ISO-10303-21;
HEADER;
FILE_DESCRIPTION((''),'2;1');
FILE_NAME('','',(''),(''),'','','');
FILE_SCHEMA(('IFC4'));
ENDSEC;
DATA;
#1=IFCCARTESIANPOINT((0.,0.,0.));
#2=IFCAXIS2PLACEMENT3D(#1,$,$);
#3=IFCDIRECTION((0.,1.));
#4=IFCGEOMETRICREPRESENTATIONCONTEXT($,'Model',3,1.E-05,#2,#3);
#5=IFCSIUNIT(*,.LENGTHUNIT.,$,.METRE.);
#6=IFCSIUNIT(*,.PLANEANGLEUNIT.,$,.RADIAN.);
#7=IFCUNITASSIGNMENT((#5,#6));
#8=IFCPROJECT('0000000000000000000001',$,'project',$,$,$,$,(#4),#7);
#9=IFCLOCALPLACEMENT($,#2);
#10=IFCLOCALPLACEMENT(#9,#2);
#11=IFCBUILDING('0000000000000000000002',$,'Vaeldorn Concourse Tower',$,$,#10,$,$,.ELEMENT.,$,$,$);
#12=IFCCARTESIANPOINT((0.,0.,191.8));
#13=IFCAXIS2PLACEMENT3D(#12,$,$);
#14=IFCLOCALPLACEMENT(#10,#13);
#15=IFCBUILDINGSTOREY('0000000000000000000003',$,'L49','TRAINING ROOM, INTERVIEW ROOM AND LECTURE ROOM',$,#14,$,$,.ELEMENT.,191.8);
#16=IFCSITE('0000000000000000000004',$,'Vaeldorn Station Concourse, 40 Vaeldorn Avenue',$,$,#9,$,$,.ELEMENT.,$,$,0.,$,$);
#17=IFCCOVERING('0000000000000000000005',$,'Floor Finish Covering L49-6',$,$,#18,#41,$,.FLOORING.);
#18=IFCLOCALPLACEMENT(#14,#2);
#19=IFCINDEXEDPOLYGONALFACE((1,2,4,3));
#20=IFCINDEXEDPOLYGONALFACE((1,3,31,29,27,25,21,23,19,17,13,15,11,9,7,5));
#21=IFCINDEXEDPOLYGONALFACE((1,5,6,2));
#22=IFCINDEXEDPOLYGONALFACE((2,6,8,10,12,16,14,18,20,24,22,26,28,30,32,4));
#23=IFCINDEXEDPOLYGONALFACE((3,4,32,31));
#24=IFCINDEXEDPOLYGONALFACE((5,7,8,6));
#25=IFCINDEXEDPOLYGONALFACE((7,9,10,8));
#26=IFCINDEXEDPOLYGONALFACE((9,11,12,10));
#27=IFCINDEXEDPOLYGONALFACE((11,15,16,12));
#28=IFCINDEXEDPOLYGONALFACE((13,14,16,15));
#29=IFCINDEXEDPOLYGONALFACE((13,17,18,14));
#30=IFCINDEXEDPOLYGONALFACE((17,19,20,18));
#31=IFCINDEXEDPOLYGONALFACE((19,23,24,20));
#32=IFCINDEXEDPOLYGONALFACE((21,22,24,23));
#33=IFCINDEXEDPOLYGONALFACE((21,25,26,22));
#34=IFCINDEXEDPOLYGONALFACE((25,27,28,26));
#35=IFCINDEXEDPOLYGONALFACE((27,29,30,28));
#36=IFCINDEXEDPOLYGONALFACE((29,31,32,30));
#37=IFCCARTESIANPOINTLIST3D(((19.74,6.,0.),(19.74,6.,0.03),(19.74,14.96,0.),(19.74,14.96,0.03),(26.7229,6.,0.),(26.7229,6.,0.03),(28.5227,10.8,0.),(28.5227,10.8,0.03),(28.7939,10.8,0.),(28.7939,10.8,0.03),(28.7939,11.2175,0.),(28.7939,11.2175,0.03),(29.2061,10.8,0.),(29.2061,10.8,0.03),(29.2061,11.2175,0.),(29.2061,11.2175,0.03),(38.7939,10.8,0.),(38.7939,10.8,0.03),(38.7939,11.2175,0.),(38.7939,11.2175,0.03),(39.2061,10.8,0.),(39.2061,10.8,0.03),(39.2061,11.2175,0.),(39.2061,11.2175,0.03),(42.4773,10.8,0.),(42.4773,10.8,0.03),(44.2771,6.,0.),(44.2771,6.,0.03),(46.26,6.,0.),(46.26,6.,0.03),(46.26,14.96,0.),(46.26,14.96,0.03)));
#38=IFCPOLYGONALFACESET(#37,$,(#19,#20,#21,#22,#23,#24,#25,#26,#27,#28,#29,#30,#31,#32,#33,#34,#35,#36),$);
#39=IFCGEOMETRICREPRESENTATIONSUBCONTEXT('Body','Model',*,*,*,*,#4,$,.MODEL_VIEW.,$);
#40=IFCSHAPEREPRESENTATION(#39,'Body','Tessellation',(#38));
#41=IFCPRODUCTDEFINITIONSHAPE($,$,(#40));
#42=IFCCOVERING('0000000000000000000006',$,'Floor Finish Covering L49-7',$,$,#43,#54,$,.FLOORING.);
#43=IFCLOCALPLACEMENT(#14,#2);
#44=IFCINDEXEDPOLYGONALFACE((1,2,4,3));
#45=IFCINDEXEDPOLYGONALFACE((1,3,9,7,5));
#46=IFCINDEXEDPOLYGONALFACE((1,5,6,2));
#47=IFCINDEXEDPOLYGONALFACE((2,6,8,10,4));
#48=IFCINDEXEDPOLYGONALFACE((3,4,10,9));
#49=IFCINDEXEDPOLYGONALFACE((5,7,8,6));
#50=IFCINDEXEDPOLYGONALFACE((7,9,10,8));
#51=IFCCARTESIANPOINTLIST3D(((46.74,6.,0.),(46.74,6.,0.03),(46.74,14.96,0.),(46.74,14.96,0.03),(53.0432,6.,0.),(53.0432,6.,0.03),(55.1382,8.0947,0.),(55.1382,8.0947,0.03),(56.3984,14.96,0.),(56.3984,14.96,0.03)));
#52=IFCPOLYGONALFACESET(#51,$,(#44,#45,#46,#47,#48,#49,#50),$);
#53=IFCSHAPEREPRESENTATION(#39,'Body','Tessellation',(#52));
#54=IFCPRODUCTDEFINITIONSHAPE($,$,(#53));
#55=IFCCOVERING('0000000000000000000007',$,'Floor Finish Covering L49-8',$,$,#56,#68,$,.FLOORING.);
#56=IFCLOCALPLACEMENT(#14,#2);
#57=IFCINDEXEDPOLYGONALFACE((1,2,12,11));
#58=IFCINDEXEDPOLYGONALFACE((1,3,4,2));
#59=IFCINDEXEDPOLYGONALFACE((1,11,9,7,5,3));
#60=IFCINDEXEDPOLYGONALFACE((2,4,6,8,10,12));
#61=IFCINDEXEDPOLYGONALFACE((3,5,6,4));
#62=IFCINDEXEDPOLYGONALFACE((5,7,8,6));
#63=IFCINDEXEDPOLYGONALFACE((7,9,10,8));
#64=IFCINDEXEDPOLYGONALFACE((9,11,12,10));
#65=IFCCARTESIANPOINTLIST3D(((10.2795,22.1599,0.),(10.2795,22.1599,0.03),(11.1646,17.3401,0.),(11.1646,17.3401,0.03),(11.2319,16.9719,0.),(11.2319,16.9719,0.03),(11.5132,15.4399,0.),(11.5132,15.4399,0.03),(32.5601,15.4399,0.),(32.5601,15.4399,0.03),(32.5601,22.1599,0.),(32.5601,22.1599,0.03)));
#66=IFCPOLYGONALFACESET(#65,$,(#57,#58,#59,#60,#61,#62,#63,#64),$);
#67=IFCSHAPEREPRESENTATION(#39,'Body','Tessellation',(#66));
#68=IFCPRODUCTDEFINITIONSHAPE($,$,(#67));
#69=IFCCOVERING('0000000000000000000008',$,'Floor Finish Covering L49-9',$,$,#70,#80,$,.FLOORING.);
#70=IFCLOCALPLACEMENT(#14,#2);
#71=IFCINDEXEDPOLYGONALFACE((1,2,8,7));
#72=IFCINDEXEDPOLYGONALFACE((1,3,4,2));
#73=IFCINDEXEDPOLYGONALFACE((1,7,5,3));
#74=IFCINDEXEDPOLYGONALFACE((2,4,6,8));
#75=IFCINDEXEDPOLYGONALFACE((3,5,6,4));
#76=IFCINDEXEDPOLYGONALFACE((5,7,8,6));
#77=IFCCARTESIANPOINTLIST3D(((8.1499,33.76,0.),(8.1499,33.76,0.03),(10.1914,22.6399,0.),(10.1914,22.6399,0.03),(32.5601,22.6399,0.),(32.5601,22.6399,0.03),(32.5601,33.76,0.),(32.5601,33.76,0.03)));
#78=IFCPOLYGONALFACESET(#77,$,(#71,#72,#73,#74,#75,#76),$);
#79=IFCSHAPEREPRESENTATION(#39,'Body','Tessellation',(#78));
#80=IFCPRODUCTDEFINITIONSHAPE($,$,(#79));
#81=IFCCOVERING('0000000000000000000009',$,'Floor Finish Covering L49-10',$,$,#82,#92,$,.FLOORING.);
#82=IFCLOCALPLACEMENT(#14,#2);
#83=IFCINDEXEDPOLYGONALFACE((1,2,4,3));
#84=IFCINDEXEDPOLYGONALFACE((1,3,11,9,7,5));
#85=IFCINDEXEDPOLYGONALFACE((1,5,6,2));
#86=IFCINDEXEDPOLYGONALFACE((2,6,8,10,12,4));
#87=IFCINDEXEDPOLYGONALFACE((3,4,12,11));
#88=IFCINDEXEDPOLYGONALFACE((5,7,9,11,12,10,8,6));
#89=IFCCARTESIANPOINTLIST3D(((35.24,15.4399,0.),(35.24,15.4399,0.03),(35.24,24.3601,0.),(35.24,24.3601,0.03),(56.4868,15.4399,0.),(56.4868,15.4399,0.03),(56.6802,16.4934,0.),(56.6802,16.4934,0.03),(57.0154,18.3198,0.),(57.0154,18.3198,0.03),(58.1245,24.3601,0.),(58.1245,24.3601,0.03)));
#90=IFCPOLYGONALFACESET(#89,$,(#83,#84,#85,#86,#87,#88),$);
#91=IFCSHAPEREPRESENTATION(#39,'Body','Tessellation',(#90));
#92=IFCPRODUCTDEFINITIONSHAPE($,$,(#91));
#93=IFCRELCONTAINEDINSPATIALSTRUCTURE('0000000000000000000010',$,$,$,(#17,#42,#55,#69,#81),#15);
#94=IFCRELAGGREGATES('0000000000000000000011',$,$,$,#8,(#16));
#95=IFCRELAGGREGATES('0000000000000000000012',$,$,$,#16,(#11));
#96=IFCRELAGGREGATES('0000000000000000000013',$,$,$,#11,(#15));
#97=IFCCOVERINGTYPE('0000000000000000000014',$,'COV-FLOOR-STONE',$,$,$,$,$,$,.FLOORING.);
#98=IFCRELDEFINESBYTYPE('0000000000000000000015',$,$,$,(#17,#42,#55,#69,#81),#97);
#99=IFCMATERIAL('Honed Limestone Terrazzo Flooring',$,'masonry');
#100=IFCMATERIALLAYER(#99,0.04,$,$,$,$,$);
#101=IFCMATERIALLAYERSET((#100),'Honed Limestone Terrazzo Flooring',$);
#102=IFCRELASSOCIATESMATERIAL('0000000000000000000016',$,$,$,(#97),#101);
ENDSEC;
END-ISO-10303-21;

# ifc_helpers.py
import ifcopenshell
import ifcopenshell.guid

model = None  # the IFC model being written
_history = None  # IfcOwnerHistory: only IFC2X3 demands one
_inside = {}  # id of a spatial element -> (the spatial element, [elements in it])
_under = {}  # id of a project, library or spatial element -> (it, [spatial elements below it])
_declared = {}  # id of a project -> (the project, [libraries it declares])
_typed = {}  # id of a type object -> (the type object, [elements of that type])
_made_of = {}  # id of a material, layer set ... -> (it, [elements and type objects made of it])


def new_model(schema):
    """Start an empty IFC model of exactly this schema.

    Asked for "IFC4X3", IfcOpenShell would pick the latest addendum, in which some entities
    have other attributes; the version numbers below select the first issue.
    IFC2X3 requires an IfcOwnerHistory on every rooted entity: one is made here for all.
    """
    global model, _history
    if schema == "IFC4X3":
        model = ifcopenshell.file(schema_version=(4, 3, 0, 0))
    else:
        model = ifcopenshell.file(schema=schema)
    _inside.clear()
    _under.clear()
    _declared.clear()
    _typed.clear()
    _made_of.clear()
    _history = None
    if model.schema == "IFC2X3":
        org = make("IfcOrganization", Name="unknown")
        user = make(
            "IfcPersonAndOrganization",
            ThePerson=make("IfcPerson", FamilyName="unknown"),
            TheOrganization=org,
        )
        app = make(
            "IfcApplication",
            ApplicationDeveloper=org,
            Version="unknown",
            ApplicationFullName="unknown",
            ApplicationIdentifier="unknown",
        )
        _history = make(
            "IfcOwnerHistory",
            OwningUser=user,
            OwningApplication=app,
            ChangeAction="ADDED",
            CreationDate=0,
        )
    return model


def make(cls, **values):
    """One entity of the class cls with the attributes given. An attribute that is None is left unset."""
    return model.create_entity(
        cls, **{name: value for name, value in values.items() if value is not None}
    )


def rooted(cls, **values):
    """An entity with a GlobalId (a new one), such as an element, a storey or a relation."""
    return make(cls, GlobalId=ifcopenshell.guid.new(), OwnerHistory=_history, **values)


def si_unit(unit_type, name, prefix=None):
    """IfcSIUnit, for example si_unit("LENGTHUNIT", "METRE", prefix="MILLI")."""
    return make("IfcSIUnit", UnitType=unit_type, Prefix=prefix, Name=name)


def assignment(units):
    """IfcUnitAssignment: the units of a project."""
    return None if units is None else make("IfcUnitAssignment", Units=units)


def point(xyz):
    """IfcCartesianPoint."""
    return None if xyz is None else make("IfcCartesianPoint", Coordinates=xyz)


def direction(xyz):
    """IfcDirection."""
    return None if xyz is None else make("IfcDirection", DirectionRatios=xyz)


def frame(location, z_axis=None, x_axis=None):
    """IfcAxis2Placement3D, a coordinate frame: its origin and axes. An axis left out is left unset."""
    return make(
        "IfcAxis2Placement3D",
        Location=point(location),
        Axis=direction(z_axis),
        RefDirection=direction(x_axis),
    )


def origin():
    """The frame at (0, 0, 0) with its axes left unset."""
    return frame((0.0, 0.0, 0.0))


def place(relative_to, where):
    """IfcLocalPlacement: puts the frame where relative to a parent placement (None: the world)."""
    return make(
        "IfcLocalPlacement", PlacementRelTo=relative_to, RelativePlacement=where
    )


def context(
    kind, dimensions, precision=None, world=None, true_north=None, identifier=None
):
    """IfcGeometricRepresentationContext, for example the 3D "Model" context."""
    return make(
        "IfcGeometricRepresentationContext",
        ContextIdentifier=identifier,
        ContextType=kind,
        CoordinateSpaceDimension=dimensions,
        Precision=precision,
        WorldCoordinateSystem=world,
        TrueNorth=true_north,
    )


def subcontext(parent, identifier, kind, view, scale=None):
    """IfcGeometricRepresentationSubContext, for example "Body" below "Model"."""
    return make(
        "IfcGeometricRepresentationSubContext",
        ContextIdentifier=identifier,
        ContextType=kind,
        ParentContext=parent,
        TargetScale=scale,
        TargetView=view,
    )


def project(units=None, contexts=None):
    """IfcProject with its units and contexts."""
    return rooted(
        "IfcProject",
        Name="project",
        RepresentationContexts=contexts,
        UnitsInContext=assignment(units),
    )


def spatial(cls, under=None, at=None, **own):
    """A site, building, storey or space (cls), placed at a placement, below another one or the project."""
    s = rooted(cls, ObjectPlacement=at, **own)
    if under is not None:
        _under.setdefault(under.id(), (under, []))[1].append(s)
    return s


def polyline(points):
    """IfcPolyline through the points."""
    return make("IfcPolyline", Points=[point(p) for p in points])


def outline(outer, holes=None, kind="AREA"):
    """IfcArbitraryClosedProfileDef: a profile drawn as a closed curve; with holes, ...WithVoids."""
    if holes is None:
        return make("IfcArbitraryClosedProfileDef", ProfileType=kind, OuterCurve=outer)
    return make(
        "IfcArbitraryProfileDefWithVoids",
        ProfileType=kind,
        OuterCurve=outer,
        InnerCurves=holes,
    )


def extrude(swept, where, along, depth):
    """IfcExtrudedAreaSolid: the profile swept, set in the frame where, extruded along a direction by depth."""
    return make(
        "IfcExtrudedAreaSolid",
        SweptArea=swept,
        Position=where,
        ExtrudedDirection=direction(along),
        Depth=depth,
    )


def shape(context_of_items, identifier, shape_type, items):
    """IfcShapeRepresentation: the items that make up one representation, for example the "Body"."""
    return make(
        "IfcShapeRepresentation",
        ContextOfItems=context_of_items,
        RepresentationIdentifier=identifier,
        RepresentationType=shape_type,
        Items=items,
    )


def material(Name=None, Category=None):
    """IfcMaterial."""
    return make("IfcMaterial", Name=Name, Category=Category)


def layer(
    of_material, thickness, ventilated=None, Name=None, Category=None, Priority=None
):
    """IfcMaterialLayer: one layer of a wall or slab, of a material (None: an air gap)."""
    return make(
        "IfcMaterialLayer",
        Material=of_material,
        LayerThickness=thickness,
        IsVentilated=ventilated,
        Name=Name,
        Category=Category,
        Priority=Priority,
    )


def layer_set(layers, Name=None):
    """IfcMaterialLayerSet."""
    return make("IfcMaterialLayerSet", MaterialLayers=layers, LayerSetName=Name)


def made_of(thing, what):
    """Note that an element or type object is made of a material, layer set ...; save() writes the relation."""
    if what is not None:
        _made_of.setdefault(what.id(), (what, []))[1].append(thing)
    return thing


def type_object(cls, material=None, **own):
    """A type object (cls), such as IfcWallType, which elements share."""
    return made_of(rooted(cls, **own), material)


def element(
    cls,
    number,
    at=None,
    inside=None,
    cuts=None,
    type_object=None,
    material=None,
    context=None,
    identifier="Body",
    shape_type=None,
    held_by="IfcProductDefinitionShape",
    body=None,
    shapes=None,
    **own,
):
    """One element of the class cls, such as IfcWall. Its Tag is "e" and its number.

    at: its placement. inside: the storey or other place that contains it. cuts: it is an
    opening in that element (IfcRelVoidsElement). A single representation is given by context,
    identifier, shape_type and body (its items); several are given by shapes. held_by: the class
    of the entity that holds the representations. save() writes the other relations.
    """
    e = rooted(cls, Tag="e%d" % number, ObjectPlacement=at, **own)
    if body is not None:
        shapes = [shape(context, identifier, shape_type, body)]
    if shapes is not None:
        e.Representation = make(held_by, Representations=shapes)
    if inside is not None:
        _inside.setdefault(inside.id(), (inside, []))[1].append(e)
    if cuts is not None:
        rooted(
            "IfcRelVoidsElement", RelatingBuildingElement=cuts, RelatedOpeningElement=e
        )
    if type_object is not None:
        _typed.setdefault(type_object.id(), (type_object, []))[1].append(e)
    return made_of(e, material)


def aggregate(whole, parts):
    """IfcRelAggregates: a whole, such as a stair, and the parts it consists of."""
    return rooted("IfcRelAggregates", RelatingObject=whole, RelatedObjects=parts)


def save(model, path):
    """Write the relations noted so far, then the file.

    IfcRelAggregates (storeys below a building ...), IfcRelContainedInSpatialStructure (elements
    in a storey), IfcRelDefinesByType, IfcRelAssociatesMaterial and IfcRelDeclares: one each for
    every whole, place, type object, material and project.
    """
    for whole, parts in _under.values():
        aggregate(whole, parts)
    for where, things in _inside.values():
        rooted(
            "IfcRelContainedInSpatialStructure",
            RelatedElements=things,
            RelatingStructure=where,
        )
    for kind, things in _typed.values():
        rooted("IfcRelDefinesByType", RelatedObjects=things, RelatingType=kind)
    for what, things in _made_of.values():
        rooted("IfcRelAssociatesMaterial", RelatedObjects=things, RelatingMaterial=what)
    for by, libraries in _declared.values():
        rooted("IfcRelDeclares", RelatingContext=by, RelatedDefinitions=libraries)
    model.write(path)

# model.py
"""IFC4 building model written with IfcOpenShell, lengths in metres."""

from ifc_helpers import new_model, si_unit, direction, frame, origin, place, context, subcontext, project, spatial, polyline, outline, extrude, material, layer, layer_set, type_object, element, save


model = new_model("IFC4")

# Units and contexts
model_context = context("Model", 3, precision=1e-05, world=origin(), true_north=direction((0.0, 1.0)))
body_context = subcontext(model_context, "Body", "Model", "MODEL_VIEW")
ifc_project = project(units=[si_unit("LENGTHUNIT", "METRE"), si_unit("PLANEANGLEUNIT", "RADIAN")], contexts=[model_context])

# Site, building, storey
site_placement = place(None, origin())
site = spatial("IfcSite", under=ifc_project, at=site_placement, Name="Vaeldorn Station Concourse, 40 Vaeldorn Avenue", CompositionType="ELEMENT", RefElevation=0.0)
building_placement = place(site_placement, origin())
building = spatial("IfcBuilding", under=site, at=building_placement, Name="Vaeldorn Concourse Tower", CompositionType="ELEMENT")
storey_placement = place(building_placement, frame((0.0, 0.0, 191.8)))
storey = spatial("IfcBuildingStorey", under=building, at=storey_placement, Name="L49", Description="TRAINING ROOM, INTERVIEW ROOM AND LECTURE ROOM", CompositionType="ELEMENT", Elevation=191.8)

# Coverings
ifc_material_1 = material(Name="Honed Limestone Terrazzo Flooring", Category="masonry")
ifc_layer_1 = layer(ifc_material_1, 0.04)
ifc_layer_set_1 = layer_set([ifc_layer_1], Name="Honed Limestone Terrazzo Flooring")
covering_type_1 = type_object("IfcCoveringType", Name="COV-FLOOR-STONE", PredefinedType="FLOORING", material=ifc_layer_set_1)
covering_1_placement = place(storey_placement, origin())
element("IfcCovering", 1, at=covering_1_placement, inside=storey, type_object=covering_type_1, Name="Floor Finish Covering L49-6", PredefinedType="FLOORING", context=body_context, shape_type="SweptSolid", body=[
    extrude(outline(polyline([(26.7229, 6.0), (19.74, 6.0), (19.74, 14.96), (46.26, 14.96), (46.26, 6.0), (44.2771, 6.0), (42.4773, 10.8), (39.2061, 10.8), (39.2061, 11.2175), (38.7939, 11.2175), (38.7939, 10.8), (29.2061, 10.8), (29.2061, 11.2175), (28.7939, 11.2175), (28.7939, 10.8), (28.5227, 10.8), (26.7229, 6.0)])), origin(), (0.0, 0.0, 1.0), 0.03),
])
covering_2_placement = place(storey_placement, origin())
element("IfcCovering", 2, at=covering_2_placement, inside=storey, type_object=covering_type_1, Name="Floor Finish Covering L49-7", PredefinedType="FLOORING", context=body_context, shape_type="SweptSolid", body=[
    extrude(outline(polyline([(53.0432, 6.0), (46.74, 6.0), (46.74, 14.96), (56.3984, 14.96), (55.1382, 8.0947), (53.0432, 6.0)])), origin(), (0.0, 0.0, 1.0), 0.03),
])
covering_3_placement = place(storey_placement, origin())
element("IfcCovering", 3, at=covering_3_placement, inside=storey, type_object=covering_type_1, Name="Floor Finish Covering L49-8", PredefinedType="FLOORING", context=body_context, shape_type="SweptSolid", body=[
    extrude(outline(polyline([(32.5601, 22.1599), (32.5601, 15.4399), (11.5132, 15.4399), (11.2319, 16.9719), (11.1646, 17.3401), (11.1646, 17.3401), (10.2795, 22.1599), (32.5601, 22.1599)])), origin(), (0.0, 0.0, 1.0), 0.03),
])
covering_4_placement = place(storey_placement, origin())
element("IfcCovering", 4, at=covering_4_placement, inside=storey, type_object=covering_type_1, Name="Floor Finish Covering L49-9", PredefinedType="FLOORING", context=body_context, shape_type="SweptSolid", body=[
    extrude(outline(polyline([(32.5601, 33.76), (32.5601, 22.6399), (10.1914, 22.6399), (8.1499, 33.76), (32.5601, 33.76)])), origin(), (0.0, 0.0, 1.0), 0.03),
])
covering_5_placement = place(storey_placement, origin())
element("IfcCovering", 5, at=covering_5_placement, inside=storey, type_object=covering_type_1, Name="Floor Finish Covering L49-10", PredefinedType="FLOORING", context=body_context, shape_type="SweptSolid", body=[
    extrude(outline(polyline([(35.24, 15.4399), (35.24, 24.3601), (58.1245, 24.3601), (57.0154, 18.3198), (56.6802, 16.4934), (56.4868, 15.4399), (35.24, 15.4399)])), origin(), (0.0, 0.0, 1.0), 0.03),
])

save(model, "model.ifc")
